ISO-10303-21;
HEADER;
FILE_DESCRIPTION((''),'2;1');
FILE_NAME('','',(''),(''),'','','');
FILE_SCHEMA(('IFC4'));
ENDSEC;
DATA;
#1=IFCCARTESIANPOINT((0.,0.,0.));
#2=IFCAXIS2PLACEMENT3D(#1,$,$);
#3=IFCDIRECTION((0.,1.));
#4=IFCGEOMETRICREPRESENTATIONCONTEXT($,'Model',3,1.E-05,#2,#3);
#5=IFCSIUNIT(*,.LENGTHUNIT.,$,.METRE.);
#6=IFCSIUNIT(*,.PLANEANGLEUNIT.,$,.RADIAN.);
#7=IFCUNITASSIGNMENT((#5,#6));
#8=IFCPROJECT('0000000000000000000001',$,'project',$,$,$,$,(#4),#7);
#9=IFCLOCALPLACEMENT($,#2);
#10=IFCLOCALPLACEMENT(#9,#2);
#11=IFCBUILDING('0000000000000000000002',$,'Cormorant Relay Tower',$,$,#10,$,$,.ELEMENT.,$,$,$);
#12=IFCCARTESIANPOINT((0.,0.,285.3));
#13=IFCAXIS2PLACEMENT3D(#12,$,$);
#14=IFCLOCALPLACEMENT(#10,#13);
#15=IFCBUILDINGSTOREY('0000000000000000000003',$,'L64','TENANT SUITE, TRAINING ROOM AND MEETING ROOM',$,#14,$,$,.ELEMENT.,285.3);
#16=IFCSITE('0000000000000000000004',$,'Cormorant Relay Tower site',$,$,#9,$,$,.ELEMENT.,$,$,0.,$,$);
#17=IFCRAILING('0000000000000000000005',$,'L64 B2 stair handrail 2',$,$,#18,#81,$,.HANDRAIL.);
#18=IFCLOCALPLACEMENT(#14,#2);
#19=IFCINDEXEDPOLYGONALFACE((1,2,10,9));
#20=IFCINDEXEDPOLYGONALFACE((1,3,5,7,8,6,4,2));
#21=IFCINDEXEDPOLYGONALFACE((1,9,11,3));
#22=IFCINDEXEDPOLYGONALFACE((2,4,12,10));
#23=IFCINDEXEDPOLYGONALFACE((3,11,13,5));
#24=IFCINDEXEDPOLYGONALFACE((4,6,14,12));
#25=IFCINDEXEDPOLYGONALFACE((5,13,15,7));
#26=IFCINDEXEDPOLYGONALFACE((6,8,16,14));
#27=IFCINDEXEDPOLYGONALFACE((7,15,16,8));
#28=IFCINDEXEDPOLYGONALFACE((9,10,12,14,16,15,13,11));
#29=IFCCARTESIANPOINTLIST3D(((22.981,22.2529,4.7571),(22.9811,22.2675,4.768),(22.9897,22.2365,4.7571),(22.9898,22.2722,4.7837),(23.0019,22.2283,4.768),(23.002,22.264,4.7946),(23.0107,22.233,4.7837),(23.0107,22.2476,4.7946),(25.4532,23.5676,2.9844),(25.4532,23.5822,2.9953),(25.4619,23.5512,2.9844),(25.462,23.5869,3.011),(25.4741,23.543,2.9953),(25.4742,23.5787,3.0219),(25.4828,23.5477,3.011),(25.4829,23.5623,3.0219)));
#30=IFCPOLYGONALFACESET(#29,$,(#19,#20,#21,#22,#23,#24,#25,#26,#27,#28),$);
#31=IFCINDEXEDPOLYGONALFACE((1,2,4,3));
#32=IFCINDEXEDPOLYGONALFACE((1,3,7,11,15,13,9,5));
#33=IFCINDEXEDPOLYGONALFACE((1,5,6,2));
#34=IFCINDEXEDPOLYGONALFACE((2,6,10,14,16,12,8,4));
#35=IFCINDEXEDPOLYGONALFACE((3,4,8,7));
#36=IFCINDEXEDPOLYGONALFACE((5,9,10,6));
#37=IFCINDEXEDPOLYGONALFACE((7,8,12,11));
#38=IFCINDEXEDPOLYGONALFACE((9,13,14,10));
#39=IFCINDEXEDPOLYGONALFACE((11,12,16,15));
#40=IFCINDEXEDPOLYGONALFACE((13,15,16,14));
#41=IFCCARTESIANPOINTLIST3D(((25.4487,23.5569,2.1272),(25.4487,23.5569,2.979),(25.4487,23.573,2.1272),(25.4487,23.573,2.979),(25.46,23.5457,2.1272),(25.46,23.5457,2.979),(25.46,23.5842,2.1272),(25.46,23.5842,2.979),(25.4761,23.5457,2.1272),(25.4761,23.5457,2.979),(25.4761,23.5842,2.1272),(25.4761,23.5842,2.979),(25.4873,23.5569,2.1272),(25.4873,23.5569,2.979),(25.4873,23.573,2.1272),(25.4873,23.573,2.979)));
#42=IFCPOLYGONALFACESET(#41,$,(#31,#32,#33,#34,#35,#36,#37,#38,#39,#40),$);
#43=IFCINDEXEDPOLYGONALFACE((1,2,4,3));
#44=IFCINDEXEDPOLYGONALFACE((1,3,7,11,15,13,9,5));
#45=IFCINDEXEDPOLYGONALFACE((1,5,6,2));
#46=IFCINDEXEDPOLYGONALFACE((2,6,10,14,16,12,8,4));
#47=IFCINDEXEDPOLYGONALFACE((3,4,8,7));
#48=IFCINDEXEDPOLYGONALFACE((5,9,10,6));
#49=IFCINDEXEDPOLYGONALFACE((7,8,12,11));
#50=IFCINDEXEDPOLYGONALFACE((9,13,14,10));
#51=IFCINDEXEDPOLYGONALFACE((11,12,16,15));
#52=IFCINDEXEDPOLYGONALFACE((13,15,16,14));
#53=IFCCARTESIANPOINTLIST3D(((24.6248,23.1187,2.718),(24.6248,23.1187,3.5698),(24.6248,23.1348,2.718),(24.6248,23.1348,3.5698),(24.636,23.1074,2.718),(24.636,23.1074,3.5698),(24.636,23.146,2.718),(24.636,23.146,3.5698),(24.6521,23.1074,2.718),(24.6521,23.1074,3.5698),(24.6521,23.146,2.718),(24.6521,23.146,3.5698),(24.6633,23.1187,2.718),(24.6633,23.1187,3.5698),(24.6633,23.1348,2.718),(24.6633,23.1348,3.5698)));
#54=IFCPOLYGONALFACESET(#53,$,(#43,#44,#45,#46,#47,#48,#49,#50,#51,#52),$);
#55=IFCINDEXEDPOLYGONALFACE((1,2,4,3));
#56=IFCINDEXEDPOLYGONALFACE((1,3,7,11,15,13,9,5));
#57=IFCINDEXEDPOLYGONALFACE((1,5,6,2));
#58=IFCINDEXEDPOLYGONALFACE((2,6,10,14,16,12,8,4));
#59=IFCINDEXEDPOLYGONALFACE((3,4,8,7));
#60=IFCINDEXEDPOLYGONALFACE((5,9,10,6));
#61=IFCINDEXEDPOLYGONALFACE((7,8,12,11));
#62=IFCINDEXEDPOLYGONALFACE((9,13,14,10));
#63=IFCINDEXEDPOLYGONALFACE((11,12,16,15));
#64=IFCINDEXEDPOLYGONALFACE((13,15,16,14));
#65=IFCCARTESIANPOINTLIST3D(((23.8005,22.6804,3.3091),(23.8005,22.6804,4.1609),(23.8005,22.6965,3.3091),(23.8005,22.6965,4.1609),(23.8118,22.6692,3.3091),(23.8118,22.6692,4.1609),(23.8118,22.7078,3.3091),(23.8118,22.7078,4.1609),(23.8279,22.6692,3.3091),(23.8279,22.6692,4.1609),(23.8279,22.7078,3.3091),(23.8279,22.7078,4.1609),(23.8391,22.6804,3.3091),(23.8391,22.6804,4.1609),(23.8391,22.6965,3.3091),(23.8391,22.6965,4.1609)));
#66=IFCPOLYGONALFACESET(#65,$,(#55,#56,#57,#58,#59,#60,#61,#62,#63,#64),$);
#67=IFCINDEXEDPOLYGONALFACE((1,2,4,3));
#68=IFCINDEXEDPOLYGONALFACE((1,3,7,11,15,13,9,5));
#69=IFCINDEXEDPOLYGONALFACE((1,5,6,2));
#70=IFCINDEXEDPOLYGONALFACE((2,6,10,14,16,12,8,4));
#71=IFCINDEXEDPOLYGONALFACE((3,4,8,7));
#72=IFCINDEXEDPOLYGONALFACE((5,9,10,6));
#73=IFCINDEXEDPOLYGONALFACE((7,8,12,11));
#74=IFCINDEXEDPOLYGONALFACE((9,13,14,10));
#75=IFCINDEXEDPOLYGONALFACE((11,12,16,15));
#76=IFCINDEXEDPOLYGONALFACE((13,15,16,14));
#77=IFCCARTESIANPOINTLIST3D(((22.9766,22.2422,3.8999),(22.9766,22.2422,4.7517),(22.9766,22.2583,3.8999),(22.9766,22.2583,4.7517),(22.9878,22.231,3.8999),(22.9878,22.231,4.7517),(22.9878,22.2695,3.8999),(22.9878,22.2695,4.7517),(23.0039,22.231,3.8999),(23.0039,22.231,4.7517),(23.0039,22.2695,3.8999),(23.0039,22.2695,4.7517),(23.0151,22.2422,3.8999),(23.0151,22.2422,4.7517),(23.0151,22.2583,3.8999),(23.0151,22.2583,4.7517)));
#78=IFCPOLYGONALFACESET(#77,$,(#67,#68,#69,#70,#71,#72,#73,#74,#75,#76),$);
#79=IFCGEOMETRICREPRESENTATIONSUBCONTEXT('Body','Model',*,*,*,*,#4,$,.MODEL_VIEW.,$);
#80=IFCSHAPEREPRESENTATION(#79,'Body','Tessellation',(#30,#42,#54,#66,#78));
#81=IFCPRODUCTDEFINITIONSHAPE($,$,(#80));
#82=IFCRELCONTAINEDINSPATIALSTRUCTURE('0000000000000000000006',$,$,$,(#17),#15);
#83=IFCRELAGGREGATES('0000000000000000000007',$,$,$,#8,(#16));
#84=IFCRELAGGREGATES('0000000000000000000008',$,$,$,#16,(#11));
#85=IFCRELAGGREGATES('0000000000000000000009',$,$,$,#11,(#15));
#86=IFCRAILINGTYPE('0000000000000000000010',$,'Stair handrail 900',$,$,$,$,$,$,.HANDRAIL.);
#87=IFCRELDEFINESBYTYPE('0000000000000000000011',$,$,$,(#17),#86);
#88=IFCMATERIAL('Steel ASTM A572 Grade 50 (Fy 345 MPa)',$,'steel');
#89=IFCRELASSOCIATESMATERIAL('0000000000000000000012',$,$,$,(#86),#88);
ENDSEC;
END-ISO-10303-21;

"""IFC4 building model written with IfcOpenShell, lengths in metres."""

from ifc_helpers import new_model, si_unit, direction, frame, origin, place, context, subcontext, project, spatial, polyline, outline, extrude, material, type_object, element, save


model = new_model("IFC4")

# Units and contexts
model_context = context("Model", 3, precision=1e-05, world=origin(), true_north=direction((0.0, 1.0)))
body_context = subcontext(model_context, "Body", "Model", "MODEL_VIEW")
ifc_project = project(units=[si_unit("LENGTHUNIT", "METRE"), si_unit("PLANEANGLEUNIT", "RADIAN")], contexts=[model_context])

# Site, building, storey
site_placement = place(None, origin())
site = spatial("IfcSite", under=ifc_project, at=site_placement, Name="Cormorant Relay Tower site", CompositionType="ELEMENT", RefElevation=0.0)
building_placement = place(site_placement, origin())
building = spatial("IfcBuilding", under=site, at=building_placement, Name="Cormorant Relay Tower", CompositionType="ELEMENT")
storey_placement = place(building_placement, frame((0.0, 0.0, 285.3)))
storey = spatial("IfcBuildingStorey", under=building, at=storey_placement, Name="L64", Description="TENANT SUITE, TRAINING ROOM AND MEETING ROOM", CompositionType="ELEMENT", Elevation=285.3)

# Railing
ifc_material_1 = material(Name="Steel ASTM A572 Grade 50 (Fy 345 MPa)", Category="steel")
railing_type_1 = type_object("IfcRailingType", Name="Stair handrail 900", PredefinedType="HANDRAIL", material=ifc_material_1)
railing_1_placement = place(storey_placement, frame((25.468, 23.5649, 2.1272)))
element("IfcRailing", 1, at=railing_1_placement, inside=storey, type_object=railing_type_1, Name="L64 B2 stair handrail 2", PredefinedType="HANDRAIL", context=body_context, shape_type="SweptSolid", body=[
    extrude(outline(polyline([(0.0222, 0.0093), (0.0093, 0.0222), (-0.0093, 0.0222), (-0.0222, 0.0093), (-0.0222, -0.0093), (-0.0093, -0.0222), (0.0093, -0.0222), (0.0222, -0.0093), (0.0222, 0.0093)])), frame((0.0, 0.0, 0.876), z_axis=(-0.745979, -0.396711, 0.534916), x_axis=(0.469533, -0.882915, 0.0)), (0.0, 0.0, 1.0), 3.314),
    extrude(outline(polyline([(0.0193, 0.0081), (0.0081, 0.0193), (-0.0081, 0.0193), (-0.0193, 0.0081), (-0.0193, -0.0081), (-0.0081, -0.0193), (0.0081, -0.0193), (0.0193, -0.0081), (0.0193, 0.0081)])), origin(), (0.0, 0.0, 1.0), 0.8518),
    extrude(outline(polyline([(0.0193, 0.0081), (0.0081, 0.0193), (-0.0081, 0.0193), (-0.0193, 0.0081), (-0.0193, -0.0081), (-0.0081, -0.0193), (0.0081, -0.0193), (0.0193, -0.0081), (0.0193, 0.0081)])), frame((-0.824, -0.4382, 0.5908)), (0.0, 0.0, 1.0), 0.8518),
    extrude(outline(polyline([(0.0193, 0.0081), (0.0081, 0.0193), (-0.0081, 0.0193), (-0.0193, 0.0081), (-0.0193, -0.0081), (-0.0081, -0.0193), (0.0081, -0.0193), (0.0193, -0.0081), (0.0193, 0.0081)])), frame((-1.6482, -0.8765, 1.1819)), (0.0, 0.0, 1.0), 0.8518),
    extrude(outline(polyline([(0.0193, 0.0081), (0.0081, 0.0193), (-0.0081, 0.0193), (-0.0193, 0.0081), (-0.0193, -0.0081), (-0.0081, -0.0193), (0.0081, -0.0193), (0.0193, -0.0081), (0.0193, 0.0081)])), frame((-2.4722, -1.3147, 1.7727)), (0.0, 0.0, 1.0), 0.8518),
])

save(model, "model.ifc")
